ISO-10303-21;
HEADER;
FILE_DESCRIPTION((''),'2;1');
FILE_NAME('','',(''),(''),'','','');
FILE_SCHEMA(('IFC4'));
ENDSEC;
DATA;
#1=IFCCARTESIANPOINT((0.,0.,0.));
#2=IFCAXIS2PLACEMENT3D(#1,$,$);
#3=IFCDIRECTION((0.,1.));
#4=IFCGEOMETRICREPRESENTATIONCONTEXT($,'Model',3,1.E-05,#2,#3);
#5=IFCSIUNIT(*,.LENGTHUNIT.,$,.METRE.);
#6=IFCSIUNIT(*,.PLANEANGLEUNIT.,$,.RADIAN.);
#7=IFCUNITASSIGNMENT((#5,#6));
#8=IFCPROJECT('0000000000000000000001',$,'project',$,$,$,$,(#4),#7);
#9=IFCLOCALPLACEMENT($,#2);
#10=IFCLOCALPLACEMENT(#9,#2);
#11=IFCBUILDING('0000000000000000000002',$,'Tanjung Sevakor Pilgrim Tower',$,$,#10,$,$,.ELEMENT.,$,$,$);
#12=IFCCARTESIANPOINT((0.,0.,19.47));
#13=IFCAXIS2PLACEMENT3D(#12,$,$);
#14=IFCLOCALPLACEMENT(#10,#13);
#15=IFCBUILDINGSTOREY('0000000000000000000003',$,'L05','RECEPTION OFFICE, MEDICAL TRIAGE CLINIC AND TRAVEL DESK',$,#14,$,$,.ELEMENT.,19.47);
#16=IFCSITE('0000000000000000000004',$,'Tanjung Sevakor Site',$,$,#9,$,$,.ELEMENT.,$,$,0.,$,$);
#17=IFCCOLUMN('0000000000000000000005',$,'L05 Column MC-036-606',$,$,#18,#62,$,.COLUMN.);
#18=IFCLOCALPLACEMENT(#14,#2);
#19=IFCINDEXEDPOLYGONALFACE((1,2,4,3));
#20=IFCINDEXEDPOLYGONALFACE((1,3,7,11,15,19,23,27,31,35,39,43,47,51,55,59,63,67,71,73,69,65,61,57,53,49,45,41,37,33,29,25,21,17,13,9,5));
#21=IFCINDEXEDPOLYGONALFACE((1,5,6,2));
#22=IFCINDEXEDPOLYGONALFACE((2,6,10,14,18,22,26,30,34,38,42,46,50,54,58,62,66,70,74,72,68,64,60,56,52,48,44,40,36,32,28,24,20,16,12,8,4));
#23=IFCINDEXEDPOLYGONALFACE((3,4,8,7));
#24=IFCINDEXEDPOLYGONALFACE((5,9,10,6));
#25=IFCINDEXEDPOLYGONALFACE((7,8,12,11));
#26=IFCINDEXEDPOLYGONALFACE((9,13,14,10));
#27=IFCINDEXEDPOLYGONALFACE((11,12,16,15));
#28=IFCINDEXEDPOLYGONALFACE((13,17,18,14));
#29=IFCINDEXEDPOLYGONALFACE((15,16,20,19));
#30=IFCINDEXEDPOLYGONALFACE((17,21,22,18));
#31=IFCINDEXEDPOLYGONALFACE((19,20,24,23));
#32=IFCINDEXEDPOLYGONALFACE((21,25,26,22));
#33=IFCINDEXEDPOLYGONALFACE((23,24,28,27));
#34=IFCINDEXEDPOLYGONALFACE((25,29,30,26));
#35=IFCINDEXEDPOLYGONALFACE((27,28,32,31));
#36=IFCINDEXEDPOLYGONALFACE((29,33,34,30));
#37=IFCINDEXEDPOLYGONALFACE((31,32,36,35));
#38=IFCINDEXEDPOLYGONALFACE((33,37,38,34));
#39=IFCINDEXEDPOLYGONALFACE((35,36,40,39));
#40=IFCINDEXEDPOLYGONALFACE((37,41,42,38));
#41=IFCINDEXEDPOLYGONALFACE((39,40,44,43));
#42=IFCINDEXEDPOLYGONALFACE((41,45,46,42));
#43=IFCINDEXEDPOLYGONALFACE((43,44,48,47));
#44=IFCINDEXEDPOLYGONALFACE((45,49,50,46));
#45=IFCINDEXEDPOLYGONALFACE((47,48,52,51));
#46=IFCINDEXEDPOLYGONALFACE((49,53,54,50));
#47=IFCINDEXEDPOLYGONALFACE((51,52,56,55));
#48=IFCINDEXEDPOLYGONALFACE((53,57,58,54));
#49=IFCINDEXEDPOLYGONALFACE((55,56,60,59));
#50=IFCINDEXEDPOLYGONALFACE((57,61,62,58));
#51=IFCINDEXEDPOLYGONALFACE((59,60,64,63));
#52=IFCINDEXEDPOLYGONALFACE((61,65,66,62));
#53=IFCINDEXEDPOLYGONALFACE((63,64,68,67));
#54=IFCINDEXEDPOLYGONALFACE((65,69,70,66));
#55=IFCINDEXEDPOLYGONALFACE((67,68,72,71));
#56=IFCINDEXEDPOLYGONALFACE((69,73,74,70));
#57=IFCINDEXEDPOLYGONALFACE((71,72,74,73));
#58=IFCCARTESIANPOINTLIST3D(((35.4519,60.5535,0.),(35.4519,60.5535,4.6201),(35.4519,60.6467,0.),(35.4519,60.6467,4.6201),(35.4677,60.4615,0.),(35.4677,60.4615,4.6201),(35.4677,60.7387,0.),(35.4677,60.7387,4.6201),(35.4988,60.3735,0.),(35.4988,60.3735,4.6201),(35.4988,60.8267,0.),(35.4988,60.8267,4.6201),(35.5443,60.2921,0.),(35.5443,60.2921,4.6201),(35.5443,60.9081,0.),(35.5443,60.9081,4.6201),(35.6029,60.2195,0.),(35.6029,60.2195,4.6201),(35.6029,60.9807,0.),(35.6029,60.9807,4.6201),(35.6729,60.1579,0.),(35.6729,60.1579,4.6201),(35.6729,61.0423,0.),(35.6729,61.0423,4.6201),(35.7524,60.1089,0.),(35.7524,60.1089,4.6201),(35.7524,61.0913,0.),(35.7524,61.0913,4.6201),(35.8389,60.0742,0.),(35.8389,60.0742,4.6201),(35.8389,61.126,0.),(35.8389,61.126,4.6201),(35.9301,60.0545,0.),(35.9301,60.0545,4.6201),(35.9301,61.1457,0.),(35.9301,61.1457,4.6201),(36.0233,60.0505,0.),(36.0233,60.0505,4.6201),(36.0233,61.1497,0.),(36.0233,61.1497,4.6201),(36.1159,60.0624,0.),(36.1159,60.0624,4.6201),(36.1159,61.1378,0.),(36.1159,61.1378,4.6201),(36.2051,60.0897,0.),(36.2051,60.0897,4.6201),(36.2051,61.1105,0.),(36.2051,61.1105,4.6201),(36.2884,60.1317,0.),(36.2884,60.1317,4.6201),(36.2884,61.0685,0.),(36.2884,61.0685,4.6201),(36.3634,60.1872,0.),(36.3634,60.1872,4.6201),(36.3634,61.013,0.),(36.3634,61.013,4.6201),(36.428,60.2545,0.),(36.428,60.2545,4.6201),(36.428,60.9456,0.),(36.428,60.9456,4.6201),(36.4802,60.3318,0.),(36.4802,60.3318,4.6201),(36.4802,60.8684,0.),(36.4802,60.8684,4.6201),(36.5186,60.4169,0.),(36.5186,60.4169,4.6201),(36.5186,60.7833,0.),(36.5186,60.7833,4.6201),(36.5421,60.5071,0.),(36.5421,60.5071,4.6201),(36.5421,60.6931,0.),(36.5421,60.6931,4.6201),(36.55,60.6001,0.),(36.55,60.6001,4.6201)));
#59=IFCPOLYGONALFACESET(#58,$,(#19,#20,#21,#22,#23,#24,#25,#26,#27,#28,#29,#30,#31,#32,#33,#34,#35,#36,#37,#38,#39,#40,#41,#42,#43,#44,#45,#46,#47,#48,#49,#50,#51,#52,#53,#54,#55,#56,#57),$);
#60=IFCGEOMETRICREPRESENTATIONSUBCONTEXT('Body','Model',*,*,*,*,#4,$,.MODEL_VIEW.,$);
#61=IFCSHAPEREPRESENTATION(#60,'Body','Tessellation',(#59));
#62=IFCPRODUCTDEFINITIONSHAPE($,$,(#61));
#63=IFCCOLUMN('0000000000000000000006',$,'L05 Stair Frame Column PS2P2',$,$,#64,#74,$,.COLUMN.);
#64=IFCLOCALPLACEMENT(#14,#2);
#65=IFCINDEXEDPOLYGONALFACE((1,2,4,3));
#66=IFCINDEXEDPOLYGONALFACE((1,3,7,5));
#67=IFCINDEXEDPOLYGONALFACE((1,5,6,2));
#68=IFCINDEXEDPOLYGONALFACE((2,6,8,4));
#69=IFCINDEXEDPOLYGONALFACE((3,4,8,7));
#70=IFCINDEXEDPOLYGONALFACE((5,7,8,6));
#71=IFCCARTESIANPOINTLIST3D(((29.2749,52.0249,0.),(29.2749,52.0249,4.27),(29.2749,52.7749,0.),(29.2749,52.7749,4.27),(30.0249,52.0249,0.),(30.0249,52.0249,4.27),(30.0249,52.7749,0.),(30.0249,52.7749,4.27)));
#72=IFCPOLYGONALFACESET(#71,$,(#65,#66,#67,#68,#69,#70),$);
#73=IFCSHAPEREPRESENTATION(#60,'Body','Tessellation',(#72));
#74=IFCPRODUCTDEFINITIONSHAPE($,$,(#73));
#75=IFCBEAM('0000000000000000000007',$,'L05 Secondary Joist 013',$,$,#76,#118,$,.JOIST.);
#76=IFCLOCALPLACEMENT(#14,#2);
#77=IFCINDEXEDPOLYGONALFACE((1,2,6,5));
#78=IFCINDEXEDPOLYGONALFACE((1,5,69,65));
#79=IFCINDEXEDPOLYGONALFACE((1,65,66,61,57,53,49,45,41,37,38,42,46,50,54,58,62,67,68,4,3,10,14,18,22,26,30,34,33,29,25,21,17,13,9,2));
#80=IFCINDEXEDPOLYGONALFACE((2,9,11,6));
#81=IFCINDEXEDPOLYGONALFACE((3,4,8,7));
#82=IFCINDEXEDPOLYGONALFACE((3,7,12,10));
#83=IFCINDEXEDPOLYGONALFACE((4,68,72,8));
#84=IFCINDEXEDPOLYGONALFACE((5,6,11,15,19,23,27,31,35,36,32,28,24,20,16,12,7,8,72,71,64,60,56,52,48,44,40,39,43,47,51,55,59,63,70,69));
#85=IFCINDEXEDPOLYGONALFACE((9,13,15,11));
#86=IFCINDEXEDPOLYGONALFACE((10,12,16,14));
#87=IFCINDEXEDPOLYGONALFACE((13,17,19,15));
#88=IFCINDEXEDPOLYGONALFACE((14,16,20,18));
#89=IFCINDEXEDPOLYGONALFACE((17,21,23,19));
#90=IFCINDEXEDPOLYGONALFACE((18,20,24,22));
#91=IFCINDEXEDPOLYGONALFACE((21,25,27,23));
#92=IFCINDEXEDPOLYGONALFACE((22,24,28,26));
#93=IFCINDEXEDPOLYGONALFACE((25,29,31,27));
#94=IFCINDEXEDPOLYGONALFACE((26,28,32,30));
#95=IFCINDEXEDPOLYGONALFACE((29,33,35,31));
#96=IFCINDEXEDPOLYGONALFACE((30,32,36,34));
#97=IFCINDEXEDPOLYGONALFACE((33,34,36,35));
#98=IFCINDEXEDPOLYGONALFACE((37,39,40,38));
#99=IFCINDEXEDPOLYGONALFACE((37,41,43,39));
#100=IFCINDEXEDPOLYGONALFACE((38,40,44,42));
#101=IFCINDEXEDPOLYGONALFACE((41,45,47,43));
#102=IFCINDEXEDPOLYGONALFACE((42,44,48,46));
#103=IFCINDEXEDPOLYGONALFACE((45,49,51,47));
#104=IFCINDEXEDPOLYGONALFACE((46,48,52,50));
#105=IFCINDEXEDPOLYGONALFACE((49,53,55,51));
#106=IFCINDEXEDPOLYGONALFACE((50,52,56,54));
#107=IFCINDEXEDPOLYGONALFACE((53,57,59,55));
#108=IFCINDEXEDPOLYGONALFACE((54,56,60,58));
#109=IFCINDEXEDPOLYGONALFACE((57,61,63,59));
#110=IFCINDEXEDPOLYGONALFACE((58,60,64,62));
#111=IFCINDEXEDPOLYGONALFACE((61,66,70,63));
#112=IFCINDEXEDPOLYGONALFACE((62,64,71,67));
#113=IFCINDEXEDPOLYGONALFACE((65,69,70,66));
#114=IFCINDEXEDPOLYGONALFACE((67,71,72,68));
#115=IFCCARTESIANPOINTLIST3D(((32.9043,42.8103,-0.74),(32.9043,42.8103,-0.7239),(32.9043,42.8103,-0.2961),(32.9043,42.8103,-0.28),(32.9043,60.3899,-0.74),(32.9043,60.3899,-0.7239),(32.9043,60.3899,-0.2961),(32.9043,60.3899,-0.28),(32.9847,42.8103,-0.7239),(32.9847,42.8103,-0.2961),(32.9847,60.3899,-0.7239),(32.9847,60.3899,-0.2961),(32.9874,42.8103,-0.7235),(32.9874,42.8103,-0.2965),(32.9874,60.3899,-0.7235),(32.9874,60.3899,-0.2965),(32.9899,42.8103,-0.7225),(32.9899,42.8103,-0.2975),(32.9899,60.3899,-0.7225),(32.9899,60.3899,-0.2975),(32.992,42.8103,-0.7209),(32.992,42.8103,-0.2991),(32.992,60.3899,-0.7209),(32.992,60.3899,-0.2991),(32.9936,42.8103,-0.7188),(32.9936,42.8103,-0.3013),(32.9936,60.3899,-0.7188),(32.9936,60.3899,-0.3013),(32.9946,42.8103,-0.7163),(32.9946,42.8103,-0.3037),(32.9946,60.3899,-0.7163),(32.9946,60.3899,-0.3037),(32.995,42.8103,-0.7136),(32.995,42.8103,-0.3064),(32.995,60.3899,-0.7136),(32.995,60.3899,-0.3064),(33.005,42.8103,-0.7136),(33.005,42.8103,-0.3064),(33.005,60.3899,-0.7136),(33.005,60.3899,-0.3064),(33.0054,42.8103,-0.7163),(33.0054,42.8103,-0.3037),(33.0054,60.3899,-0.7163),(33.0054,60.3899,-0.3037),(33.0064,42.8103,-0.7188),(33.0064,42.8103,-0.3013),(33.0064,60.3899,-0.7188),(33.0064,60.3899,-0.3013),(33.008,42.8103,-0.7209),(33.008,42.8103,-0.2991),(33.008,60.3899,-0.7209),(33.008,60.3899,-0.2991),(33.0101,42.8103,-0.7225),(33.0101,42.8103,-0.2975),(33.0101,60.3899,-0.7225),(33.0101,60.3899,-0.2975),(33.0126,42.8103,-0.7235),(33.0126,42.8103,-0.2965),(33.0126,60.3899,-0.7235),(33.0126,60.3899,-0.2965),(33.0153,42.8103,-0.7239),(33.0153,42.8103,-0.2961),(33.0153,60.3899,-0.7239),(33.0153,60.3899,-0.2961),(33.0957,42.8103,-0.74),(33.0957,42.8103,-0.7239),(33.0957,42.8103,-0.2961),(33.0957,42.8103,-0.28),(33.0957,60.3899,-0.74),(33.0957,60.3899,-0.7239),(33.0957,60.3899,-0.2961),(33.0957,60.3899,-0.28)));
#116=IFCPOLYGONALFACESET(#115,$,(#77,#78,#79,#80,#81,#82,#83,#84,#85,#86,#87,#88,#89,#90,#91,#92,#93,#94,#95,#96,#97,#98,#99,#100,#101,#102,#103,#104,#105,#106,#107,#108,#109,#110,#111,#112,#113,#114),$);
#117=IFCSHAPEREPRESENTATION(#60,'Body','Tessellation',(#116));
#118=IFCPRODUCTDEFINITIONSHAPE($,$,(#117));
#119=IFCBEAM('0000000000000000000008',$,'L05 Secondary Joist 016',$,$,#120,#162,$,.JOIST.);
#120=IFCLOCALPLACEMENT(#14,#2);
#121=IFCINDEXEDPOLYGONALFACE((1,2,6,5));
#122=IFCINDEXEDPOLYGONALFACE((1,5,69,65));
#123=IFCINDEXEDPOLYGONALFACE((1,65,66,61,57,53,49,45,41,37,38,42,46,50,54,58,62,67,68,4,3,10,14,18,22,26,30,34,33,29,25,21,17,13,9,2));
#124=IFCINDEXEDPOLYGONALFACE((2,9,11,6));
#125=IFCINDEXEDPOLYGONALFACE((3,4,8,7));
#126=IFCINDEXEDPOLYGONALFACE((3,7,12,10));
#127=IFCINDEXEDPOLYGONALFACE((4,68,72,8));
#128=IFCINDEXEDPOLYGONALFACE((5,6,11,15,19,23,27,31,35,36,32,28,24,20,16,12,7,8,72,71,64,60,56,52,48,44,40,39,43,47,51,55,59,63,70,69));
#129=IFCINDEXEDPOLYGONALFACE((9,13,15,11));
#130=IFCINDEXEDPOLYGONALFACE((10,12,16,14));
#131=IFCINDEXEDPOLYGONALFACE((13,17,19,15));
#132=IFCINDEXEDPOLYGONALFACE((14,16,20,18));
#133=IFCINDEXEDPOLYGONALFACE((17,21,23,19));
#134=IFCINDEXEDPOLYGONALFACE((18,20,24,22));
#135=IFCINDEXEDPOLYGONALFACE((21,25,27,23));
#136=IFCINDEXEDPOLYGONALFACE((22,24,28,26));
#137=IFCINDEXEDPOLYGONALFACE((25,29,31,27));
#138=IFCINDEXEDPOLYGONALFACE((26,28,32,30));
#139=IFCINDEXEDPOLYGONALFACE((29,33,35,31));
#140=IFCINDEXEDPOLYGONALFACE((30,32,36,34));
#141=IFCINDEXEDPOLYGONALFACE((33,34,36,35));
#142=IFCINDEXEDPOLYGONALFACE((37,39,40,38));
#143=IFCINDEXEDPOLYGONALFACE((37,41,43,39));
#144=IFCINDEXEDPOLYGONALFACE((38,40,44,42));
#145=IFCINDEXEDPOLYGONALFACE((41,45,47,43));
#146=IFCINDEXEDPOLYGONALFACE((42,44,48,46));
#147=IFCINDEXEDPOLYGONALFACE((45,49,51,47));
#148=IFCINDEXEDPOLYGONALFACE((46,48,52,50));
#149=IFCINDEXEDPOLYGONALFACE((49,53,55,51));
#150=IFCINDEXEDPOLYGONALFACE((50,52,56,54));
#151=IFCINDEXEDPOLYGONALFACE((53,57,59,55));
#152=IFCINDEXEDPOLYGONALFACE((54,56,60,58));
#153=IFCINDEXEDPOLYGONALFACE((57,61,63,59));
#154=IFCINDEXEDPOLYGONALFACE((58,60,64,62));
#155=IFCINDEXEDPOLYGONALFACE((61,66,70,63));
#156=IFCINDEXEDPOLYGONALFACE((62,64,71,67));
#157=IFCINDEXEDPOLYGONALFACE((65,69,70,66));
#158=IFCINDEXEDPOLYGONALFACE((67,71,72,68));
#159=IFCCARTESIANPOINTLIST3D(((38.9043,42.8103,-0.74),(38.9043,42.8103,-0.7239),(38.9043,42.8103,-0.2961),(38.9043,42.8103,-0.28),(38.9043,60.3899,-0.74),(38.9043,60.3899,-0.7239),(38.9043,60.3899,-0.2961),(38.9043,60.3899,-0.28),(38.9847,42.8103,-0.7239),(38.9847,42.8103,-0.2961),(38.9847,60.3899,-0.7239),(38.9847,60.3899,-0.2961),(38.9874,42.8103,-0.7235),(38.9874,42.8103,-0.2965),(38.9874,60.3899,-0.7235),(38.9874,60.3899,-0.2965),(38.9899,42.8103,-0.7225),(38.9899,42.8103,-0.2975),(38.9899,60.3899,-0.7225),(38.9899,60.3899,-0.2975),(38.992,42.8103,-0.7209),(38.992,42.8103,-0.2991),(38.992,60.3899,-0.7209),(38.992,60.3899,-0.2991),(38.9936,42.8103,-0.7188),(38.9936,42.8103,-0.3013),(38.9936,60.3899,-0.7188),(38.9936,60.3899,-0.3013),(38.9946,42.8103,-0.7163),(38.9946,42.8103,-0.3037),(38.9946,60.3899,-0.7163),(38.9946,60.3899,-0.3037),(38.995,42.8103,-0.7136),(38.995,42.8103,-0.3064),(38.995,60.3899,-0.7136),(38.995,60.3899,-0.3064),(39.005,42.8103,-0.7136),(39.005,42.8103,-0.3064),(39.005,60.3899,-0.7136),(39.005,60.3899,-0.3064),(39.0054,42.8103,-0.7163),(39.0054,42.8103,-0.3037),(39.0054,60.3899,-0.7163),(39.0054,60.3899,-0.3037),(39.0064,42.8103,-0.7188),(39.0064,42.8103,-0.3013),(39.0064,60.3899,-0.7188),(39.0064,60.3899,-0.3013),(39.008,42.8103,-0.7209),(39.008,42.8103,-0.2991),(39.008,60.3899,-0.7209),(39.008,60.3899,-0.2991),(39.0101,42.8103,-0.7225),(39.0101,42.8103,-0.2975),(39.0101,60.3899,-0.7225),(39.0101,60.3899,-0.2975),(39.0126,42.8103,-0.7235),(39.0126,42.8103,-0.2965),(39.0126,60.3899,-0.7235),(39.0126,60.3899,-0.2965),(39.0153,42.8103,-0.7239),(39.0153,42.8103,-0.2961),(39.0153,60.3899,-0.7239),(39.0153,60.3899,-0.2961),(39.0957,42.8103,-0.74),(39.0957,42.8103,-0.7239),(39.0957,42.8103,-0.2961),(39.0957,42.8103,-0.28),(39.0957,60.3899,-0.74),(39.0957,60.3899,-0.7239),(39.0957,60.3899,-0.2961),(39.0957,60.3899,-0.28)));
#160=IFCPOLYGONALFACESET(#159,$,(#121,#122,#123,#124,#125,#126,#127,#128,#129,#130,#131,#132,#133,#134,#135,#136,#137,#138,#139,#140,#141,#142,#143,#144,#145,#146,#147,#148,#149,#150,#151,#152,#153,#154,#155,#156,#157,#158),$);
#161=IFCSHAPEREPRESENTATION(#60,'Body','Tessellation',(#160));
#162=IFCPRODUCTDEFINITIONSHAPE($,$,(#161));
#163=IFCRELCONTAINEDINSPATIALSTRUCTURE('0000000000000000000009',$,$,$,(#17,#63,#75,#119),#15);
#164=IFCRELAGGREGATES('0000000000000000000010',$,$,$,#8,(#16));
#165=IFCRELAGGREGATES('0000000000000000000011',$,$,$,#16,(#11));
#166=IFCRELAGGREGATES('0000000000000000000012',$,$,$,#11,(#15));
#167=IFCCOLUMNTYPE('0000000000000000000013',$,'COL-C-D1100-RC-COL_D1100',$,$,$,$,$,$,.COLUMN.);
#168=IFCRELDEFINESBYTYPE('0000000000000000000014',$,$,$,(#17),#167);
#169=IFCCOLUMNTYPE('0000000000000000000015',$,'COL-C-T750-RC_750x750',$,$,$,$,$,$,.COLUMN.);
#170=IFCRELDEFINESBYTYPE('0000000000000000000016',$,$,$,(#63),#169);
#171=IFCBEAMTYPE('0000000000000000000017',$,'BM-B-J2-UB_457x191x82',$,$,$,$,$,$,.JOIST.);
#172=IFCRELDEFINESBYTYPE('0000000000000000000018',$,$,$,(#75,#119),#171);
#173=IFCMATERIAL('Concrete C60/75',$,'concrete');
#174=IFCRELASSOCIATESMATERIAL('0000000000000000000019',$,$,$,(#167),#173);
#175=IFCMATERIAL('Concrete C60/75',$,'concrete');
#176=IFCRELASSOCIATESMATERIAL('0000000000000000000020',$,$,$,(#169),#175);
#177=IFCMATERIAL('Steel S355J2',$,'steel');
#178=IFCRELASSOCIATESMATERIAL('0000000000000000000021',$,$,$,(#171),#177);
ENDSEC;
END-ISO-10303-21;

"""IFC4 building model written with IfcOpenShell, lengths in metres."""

from ifc_helpers import new_model, si_unit, direction, frame, origin, origin_2d, place, context, subcontext, project, spatial, rectangle, circle, i_section, extrude, material, material_profile, profile_set, type_object, element, save


model = new_model("IFC4")

# Units and contexts
model_context = context("Model", 3, precision=1e-05, world=origin(), true_north=direction((0.0, 1.0)))
body_context = subcontext(model_context, "Body", "Model", "MODEL_VIEW")
ifc_project = project(units=[si_unit("LENGTHUNIT", "METRE"), si_unit("PLANEANGLEUNIT", "RADIAN")], contexts=[model_context])

# Site, building, storey
site_placement = place(None, origin())
site = spatial("IfcSite", under=ifc_project, at=site_placement, Name="Tanjung Sevakor Site", CompositionType="ELEMENT", RefElevation=0.0)
building_placement = place(site_placement, origin())
building = spatial("IfcBuilding", under=site, at=building_placement, Name="Tanjung Sevakor Pilgrim Tower", CompositionType="ELEMENT")
storey_placement = place(building_placement, frame((0.0, 0.0, 19.47)))
storey = spatial("IfcBuildingStorey", under=building, at=storey_placement, Name="L05", Description="RECEPTION OFFICE, MEDICAL TRIAGE CLINIC AND TRAVEL DESK", CompositionType="ELEMENT", Elevation=19.47)

# Columns
ifc_material_1 = material(Name="Concrete C60/75", Category="concrete")
ifc_material_profile_1 = material_profile(ifc_material_1, circle(Radius=0.55, at=origin_2d()))
ifc_profile_set_1 = profile_set([ifc_material_profile_1], Name="Concrete C60/75")
column_type_1 = type_object("IfcColumnType", Name="COL-C-D1100-RC-COL_D1100", PredefinedType="COLUMN", material=ifc_profile_set_1)
column_1_placement = place(storey_placement, frame((36.0, 60.6001, 0.0), z_axis=(0.0, 0.0, 1.0), x_axis=(1.0, 0.0, 0.0)))
element("IfcColumn", 1, at=column_1_placement, inside=storey, type_object=column_type_1, Name="L05 Column MC-036-606", PredefinedType="COLUMN", context=body_context, shape_type="SweptSolid", body=[
    extrude(circle(Radius=0.55, at=origin_2d()), origin(), (0.0, 0.0, 1.0), 4.6201),
])
ifc_material_2 = material(Name="Concrete C60/75", Category="concrete")
ifc_material_profile_2 = material_profile(ifc_material_2, rectangle(XDim=0.75, YDim=0.75, at=origin_2d()))
ifc_profile_set_2 = profile_set([ifc_material_profile_2], Name="Concrete C60/75")
column_type_2 = type_object("IfcColumnType", Name="COL-C-T750-RC_750x750", PredefinedType="COLUMN", material=ifc_profile_set_2)
column_2_placement = place(storey_placement, frame((29.6499, 52.3999, 0.0), z_axis=(0.0, 0.0, 1.0), x_axis=(1.0, 0.0, 0.0)))
element("IfcColumn", 2, at=column_2_placement, inside=storey, type_object=column_type_2, Name="L05 Stair Frame Column PS2P2", PredefinedType="COLUMN", context=body_context, shape_type="SweptSolid", body=[
    extrude(rectangle(XDim=0.75, YDim=0.75, at=origin_2d()), origin(), (0.0, 0.0, 1.0), 4.27),
])

# Beams
ifc_material_3 = material(Name="Steel S355J2", Category="steel")
ifc_material_profile_3 = material_profile(ifc_material_3, i_section(OverallWidth=0.1914, OverallDepth=0.46, WebThickness=0.01, FlangeThickness=0.0161, FilletRadius=0.0103, at=origin_2d()))
ifc_profile_set_3 = profile_set([ifc_material_profile_3], Name="Steel S355J2")
beam_type_1 = type_object("IfcBeamType", Name="BM-B-J2-UB_457x191x82", PredefinedType="JOIST", material=ifc_profile_set_3)
for number, where, z_axis, x_axis, name in (
    (3, (33.0, 42.8103, -0.51), (0.0, 1.0, 0.0), (-1.0, 0.0, 0.0), "L05 Secondary Joist 013"),
    (4, (39.0, 42.8103, -0.51), (0.0, 1.0, 0.0), (-1.0, 0.0, 0.0), "L05 Secondary Joist 016"),
):
    element("IfcBeam", number, at=place(storey_placement, frame(where, z_axis=z_axis, x_axis=x_axis)), inside=storey, type_object=beam_type_1, Name=name, PredefinedType="JOIST", context=body_context, shape_type="SweptSolid", body=[
        extrude(i_section(OverallWidth=0.1914, OverallDepth=0.46, WebThickness=0.01, FlangeThickness=0.0161, FilletRadius=0.0103, at=origin_2d()), origin(), (0.0, 0.0, 1.0), 17.5796),
    ])

save(model, "model.ifc")
